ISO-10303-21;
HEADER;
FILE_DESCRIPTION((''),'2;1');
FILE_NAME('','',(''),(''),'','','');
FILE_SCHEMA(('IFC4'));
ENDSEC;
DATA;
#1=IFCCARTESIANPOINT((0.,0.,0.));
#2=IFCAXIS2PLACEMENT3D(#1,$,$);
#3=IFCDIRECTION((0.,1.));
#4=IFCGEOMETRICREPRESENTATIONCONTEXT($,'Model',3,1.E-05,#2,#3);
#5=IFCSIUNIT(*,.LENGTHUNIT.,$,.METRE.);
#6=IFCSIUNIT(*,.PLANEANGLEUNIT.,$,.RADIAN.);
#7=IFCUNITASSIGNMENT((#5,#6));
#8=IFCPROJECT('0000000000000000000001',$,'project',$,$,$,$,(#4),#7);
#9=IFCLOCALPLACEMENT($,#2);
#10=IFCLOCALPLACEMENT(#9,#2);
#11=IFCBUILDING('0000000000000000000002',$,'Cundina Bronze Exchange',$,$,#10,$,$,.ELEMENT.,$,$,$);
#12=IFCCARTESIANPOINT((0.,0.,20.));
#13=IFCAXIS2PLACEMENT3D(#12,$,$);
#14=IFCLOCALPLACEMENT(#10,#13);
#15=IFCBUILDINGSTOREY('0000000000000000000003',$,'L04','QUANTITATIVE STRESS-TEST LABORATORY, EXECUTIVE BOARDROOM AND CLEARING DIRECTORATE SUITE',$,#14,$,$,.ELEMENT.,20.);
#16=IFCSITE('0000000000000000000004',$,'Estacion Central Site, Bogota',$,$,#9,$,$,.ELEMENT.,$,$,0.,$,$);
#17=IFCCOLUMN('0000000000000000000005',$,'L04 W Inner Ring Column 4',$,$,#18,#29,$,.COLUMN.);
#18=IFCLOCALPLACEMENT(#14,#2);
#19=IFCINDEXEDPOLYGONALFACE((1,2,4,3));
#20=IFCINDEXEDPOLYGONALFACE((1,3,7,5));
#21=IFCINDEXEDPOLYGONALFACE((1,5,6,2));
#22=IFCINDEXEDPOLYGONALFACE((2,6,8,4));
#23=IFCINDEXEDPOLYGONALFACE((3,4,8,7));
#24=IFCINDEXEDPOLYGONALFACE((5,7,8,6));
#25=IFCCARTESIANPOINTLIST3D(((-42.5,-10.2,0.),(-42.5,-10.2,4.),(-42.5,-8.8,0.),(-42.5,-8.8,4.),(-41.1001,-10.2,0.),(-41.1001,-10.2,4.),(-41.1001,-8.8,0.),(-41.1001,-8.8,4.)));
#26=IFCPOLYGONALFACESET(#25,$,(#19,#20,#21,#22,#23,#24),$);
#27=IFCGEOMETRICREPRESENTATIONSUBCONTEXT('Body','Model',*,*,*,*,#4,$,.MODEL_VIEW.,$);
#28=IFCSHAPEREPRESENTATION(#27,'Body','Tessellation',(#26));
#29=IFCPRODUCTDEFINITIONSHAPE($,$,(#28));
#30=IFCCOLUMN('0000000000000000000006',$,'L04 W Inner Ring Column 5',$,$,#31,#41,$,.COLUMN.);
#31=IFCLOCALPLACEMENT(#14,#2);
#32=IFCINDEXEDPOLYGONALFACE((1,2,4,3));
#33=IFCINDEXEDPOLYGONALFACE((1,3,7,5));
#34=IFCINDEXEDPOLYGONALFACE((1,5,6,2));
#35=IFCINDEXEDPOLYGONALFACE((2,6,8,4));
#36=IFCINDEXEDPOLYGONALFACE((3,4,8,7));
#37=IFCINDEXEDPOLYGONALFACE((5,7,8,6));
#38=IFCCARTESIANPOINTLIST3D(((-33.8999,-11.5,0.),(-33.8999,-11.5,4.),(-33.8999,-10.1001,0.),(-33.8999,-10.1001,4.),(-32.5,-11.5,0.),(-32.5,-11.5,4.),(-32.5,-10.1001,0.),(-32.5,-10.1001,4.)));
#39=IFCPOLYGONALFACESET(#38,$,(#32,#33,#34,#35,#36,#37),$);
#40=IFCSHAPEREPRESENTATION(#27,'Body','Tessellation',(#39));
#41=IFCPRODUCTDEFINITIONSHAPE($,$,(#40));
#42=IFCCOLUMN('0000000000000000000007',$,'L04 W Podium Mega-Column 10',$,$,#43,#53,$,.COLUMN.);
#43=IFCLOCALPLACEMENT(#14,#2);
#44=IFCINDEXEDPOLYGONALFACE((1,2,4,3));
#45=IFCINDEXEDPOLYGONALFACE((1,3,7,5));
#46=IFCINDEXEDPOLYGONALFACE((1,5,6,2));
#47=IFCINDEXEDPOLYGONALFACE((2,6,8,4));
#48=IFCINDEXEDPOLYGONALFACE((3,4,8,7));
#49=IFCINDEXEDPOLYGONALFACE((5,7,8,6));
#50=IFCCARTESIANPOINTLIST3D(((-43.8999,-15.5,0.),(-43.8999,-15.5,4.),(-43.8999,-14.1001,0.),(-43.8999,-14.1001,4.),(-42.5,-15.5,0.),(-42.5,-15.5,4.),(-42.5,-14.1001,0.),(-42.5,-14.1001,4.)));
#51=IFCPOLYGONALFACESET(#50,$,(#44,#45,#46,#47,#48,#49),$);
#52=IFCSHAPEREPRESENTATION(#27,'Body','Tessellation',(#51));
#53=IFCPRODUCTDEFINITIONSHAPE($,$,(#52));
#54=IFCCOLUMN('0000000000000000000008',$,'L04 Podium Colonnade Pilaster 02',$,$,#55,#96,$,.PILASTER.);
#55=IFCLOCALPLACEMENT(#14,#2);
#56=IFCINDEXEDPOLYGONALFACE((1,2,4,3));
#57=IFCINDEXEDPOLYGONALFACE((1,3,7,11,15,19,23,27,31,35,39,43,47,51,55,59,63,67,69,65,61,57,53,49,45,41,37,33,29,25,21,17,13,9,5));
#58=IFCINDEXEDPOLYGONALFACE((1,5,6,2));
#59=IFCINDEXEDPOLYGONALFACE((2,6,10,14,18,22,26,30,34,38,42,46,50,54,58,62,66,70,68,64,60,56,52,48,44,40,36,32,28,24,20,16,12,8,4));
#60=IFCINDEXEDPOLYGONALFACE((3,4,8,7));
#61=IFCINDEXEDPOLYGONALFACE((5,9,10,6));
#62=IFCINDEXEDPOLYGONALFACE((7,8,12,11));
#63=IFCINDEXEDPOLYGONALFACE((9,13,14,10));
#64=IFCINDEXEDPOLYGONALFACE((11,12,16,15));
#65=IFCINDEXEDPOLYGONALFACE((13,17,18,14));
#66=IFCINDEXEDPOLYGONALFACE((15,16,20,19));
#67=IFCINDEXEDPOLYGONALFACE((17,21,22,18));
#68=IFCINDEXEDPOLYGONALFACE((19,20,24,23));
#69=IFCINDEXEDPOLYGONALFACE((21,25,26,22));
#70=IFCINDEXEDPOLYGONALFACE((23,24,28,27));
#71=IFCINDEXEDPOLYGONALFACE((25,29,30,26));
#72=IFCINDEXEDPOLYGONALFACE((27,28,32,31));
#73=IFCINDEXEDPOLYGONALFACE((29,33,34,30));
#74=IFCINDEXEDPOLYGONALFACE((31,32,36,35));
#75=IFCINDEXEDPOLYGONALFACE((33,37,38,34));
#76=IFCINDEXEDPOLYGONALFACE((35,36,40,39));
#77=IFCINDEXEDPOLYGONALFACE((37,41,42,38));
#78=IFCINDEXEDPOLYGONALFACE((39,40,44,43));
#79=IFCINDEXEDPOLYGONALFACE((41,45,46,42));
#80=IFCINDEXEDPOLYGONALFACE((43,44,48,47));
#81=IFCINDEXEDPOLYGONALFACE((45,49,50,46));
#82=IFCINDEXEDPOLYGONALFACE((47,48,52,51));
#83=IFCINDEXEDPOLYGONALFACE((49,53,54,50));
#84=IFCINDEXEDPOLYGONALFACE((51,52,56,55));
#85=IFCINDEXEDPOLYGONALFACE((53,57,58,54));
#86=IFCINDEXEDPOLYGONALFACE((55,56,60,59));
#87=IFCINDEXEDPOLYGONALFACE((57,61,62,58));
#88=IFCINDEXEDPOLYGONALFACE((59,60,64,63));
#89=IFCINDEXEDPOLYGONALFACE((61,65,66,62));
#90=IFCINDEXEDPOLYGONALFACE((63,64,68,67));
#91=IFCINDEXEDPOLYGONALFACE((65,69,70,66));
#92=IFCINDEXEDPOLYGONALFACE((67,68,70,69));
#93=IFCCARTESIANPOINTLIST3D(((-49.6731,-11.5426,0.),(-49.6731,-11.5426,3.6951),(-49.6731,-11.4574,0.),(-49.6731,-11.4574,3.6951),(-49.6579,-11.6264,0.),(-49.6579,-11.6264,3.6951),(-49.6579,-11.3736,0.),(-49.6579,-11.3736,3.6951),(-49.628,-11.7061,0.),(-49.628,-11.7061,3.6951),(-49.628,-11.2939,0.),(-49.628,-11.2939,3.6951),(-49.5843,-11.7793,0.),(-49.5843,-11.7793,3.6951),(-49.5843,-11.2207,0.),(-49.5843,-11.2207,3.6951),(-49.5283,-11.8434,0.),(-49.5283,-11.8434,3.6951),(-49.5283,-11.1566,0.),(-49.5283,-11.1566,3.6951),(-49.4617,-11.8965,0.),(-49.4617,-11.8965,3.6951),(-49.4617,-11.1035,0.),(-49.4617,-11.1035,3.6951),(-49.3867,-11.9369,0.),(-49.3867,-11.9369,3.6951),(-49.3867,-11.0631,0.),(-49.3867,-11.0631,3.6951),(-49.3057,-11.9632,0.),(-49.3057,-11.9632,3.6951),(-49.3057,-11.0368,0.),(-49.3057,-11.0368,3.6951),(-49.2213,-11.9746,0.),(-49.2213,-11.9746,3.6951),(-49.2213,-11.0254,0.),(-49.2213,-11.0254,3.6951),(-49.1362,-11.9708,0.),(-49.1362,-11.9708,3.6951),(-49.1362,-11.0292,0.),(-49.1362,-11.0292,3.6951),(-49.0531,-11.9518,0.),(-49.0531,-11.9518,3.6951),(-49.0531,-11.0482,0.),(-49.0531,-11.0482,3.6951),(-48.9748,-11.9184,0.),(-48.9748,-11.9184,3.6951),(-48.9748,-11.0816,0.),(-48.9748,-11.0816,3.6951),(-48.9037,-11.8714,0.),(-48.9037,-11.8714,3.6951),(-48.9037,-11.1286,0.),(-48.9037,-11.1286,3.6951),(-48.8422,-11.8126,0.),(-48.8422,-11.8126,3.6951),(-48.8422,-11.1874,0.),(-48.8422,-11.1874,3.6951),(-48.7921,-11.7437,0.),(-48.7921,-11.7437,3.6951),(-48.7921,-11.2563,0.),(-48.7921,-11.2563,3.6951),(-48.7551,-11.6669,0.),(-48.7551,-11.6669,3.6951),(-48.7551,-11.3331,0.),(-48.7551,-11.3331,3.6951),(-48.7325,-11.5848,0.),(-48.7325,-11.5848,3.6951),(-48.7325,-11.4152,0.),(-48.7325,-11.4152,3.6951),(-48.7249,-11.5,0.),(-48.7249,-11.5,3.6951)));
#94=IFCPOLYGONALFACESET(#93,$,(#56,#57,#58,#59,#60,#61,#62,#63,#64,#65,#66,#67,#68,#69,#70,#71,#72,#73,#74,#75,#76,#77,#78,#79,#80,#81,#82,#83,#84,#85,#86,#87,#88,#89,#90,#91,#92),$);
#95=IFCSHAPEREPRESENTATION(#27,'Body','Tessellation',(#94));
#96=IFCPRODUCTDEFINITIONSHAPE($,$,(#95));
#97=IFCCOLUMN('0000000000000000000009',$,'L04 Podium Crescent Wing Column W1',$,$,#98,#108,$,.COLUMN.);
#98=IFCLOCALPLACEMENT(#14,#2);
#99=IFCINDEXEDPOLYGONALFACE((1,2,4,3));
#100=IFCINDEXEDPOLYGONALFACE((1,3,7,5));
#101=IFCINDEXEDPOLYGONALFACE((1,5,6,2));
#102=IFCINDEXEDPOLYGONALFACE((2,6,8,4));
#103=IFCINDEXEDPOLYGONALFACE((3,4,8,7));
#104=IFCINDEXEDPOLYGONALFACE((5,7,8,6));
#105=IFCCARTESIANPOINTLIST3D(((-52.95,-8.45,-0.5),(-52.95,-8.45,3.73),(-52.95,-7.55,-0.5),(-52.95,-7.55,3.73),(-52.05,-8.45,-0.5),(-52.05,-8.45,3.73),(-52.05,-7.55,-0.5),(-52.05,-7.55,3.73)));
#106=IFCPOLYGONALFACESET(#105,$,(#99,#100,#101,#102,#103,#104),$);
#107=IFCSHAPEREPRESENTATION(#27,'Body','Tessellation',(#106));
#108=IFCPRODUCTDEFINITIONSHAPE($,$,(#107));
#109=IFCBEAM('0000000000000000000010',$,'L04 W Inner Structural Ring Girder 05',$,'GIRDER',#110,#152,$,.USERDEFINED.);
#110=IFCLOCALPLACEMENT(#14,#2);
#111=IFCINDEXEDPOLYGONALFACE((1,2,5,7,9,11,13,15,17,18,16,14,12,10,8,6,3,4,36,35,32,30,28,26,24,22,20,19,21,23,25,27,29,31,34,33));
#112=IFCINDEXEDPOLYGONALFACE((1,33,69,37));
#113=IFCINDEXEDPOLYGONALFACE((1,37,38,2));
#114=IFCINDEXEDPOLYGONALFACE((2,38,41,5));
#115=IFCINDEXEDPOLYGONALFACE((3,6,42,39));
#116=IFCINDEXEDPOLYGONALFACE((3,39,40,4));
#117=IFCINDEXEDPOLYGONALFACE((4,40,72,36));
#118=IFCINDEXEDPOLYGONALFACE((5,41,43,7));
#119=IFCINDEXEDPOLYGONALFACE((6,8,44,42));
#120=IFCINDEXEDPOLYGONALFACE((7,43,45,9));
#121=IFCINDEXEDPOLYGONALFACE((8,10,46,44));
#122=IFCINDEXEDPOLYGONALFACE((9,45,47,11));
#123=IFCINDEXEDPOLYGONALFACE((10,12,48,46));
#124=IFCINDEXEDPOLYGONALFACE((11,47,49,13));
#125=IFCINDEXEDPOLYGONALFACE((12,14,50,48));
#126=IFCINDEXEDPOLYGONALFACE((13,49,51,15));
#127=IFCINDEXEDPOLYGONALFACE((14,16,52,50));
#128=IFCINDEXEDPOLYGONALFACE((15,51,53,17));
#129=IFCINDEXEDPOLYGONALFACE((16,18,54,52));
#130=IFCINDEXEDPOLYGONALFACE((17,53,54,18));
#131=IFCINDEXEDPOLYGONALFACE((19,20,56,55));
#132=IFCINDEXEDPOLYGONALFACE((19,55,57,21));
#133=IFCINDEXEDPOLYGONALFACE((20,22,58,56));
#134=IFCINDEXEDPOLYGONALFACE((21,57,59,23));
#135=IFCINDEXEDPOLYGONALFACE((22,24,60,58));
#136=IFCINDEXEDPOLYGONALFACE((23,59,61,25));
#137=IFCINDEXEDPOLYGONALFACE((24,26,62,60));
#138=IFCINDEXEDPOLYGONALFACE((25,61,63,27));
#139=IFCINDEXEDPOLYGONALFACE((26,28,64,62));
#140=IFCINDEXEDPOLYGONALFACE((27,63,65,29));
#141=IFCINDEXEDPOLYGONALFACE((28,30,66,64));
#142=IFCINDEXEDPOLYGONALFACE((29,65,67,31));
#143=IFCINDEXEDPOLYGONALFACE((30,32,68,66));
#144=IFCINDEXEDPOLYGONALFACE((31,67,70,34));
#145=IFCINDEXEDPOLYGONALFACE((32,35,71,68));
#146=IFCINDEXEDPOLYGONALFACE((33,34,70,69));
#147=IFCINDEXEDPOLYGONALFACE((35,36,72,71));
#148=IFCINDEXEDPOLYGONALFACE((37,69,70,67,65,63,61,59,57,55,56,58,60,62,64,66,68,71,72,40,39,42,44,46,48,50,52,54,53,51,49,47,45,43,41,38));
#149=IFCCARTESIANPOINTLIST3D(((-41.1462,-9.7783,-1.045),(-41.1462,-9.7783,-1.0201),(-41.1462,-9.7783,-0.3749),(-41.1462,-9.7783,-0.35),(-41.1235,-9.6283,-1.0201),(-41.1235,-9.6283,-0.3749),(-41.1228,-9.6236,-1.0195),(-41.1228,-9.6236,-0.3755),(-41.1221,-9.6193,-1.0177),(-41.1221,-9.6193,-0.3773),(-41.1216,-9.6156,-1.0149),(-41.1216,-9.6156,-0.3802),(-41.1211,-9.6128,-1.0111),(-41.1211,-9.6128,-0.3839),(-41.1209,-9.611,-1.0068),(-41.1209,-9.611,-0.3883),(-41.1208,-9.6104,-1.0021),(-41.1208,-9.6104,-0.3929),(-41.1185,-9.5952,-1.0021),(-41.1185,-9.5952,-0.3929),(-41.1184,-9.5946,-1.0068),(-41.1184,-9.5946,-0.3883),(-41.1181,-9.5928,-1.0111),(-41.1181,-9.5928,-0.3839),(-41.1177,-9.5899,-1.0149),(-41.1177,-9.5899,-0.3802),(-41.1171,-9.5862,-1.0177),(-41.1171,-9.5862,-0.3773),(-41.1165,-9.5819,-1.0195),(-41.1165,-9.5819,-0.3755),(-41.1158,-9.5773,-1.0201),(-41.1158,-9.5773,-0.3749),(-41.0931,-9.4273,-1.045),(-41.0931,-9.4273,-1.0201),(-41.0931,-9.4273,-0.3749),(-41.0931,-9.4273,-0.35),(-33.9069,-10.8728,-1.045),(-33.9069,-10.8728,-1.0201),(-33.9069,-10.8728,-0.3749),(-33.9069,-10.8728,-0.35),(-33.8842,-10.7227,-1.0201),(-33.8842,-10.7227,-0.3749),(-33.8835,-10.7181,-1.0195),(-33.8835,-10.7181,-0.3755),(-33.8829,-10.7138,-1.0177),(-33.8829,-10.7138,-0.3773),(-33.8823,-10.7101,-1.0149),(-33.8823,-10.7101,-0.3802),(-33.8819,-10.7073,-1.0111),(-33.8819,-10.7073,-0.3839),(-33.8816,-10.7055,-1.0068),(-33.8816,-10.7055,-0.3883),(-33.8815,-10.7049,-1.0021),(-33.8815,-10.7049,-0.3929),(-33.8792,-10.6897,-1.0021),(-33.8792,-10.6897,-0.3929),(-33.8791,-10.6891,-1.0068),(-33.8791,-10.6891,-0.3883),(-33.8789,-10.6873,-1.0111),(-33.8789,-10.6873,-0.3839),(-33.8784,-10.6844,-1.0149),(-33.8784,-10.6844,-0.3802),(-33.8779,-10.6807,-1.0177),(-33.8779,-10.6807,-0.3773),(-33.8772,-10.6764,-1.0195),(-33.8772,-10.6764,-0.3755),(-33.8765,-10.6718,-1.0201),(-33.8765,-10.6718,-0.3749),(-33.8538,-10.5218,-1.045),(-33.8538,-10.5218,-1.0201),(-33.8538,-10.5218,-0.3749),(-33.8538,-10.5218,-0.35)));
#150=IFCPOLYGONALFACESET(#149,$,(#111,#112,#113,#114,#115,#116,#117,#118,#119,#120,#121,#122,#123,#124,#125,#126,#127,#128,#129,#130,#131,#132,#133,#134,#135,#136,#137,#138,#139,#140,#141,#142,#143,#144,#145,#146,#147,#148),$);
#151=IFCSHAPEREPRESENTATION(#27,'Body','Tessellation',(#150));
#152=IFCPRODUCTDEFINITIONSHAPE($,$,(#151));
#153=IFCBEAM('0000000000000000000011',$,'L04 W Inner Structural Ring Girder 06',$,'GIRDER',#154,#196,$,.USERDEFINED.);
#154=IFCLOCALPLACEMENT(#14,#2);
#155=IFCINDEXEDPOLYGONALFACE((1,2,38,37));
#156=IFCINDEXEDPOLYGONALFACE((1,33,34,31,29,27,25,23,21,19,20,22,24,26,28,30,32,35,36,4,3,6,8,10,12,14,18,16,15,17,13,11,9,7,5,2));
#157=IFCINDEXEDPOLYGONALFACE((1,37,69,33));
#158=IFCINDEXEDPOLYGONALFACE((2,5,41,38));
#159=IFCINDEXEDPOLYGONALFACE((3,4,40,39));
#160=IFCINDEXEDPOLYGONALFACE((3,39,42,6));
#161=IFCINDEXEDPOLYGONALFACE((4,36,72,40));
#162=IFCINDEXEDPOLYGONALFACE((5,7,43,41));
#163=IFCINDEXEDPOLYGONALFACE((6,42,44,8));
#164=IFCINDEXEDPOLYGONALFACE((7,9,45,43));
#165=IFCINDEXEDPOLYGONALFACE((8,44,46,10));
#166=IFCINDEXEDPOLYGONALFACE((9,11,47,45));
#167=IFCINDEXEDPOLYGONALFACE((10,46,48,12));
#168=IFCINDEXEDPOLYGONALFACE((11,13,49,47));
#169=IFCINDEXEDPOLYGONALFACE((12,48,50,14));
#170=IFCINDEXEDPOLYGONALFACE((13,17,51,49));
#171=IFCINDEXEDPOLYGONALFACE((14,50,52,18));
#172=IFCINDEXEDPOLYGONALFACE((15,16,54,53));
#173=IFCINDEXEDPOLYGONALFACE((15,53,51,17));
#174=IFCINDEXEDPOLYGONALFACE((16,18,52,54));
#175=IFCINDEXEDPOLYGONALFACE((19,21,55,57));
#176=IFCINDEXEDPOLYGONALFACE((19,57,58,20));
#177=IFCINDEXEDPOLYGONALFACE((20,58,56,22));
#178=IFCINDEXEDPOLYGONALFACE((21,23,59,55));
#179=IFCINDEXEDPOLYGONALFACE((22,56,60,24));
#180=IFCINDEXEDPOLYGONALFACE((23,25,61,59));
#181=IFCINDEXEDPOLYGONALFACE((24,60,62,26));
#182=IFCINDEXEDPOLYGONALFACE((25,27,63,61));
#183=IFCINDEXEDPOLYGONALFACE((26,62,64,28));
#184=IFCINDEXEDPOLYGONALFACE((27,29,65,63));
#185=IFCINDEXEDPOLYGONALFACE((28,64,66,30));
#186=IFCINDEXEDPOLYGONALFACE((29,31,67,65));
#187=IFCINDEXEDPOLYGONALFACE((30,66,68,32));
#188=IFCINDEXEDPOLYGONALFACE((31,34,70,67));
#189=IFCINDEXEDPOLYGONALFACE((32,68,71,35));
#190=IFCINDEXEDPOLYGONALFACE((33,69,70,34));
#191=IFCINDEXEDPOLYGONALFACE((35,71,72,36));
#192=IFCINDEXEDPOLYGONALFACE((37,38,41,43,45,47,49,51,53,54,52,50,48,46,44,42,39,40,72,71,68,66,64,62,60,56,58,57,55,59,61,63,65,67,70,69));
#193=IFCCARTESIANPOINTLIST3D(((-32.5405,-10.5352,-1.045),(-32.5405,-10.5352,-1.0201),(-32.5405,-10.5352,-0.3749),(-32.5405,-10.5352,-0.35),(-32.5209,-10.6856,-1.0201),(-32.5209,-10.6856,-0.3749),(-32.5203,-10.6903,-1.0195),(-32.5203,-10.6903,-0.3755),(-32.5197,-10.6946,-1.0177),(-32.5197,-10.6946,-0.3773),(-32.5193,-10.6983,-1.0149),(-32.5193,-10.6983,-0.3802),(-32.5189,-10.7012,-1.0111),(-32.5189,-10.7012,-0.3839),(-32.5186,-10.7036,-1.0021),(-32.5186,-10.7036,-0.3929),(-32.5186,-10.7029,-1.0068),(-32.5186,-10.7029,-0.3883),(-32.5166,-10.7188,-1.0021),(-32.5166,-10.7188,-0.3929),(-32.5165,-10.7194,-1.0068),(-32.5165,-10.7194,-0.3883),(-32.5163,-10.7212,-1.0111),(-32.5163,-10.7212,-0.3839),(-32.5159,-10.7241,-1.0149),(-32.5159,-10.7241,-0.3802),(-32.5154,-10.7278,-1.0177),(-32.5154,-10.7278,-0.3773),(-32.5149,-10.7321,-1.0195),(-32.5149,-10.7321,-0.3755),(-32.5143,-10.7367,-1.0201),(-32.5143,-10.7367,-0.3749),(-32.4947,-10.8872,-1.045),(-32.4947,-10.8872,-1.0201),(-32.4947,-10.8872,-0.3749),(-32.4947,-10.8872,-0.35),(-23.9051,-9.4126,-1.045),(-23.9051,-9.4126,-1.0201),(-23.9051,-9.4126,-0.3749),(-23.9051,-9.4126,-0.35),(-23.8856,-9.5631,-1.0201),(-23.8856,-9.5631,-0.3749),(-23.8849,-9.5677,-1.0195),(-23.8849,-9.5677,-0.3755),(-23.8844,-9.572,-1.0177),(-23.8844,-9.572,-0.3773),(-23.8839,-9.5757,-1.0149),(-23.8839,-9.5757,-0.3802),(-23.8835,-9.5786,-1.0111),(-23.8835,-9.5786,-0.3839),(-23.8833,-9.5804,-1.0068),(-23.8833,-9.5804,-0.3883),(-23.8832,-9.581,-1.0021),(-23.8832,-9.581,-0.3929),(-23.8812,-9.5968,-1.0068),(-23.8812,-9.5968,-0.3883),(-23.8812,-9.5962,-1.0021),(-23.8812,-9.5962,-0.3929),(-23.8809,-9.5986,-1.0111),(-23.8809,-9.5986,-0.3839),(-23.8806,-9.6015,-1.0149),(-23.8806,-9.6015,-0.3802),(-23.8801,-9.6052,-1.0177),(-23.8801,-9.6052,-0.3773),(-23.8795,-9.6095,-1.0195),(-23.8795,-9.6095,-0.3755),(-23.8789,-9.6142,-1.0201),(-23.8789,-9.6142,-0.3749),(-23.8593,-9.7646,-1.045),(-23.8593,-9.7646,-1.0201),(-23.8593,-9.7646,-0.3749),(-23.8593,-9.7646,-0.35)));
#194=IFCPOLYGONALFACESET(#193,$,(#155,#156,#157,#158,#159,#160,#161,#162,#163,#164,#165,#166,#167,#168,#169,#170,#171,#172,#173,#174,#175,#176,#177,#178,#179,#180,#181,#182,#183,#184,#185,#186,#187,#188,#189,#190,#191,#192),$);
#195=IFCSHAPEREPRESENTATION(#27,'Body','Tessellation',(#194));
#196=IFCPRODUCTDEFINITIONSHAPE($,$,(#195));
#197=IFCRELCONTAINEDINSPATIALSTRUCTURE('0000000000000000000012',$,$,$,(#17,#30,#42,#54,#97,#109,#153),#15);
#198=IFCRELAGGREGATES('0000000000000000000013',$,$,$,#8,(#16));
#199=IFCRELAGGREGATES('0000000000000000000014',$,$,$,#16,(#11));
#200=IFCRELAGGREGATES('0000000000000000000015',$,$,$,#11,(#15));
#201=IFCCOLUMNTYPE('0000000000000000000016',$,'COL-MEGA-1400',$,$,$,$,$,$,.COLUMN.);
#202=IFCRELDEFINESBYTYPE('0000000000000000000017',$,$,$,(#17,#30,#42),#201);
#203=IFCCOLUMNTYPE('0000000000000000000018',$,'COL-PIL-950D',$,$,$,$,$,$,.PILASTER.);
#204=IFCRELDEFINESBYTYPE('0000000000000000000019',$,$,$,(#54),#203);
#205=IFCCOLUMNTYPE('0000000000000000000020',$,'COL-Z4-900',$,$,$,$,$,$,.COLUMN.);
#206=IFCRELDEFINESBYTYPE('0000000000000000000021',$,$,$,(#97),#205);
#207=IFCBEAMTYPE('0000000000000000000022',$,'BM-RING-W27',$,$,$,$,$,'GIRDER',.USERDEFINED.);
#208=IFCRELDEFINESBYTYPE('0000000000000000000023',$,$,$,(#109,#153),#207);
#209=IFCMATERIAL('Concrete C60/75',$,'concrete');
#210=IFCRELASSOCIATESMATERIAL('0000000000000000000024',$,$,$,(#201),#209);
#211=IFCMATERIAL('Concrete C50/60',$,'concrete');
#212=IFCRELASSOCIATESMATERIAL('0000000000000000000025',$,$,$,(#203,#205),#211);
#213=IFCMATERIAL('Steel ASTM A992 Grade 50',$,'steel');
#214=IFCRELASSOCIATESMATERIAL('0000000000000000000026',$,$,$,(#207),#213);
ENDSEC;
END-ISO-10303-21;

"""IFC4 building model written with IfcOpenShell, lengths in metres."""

from ifc_helpers import new_model, si_unit, direction, frame, origin, origin_2d, place, context, subcontext, project, spatial, rectangle, circle, i_section, extrude, material, material_profile, profile_set, type_object, element, save


model = new_model("IFC4")

# Units and contexts
model_context = context("Model", 3, precision=1e-05, world=origin(), true_north=direction((0.0, 1.0)))
body_context = subcontext(model_context, "Body", "Model", "MODEL_VIEW")
ifc_project = project(units=[si_unit("LENGTHUNIT", "METRE"), si_unit("PLANEANGLEUNIT", "RADIAN")], contexts=[model_context])

# Site, building, storey
site_placement = place(None, origin())
site = spatial("IfcSite", under=ifc_project, at=site_placement, Name="Estacion Central Site, Bogota", CompositionType="ELEMENT", RefElevation=0.0)
building_placement = place(site_placement, origin())
building = spatial("IfcBuilding", under=site, at=building_placement, Name="Cundina Bronze Exchange", CompositionType="ELEMENT")
storey_placement = place(building_placement, frame((0.0, 0.0, 20.0)))
storey = spatial("IfcBuildingStorey", under=building, at=storey_placement, Name="L04", Description="QUANTITATIVE STRESS-TEST LABORATORY, EXECUTIVE BOARDROOM AND CLEARING DIRECTORATE SUITE", CompositionType="ELEMENT", Elevation=20.0)

# Columns
ifc_material_1 = material(Name="Concrete C60/75", Category="concrete")
ifc_material_profile_1 = material_profile(ifc_material_1, rectangle(XDim=1.3999, YDim=1.3999, at=origin_2d()), Name="RC1400X1400", Category="concrete")
ifc_profile_set_1 = profile_set([ifc_material_profile_1], Name="Concrete C60/75")
column_type_1 = type_object("IfcColumnType", Name="COL-MEGA-1400", PredefinedType="COLUMN", material=ifc_profile_set_1)
for number, where, z_axis, x_axis, name in (
    (1, (-41.8, -9.5, 0.0), (0.0, 0.0, 1.0), (1.0, 0.0, 0.0), "L04 W Inner Ring Column 4"),
    (2, (-33.2, -10.8, 0.0), (0.0, 0.0, 1.0), (1.0, 0.0, 0.0), "L04 W Inner Ring Column 5"),
    (3, (-43.2, -14.8, 0.0), (0.0, 0.0, 1.0), (1.0, 0.0, 0.0), "L04 W Podium Mega-Column 10"),
):
    element("IfcColumn", number, at=place(storey_placement, frame(where, z_axis=z_axis, x_axis=x_axis)), inside=storey, type_object=column_type_1, Name=name, PredefinedType="COLUMN", context=body_context, shape_type="SweptSolid", body=[
        extrude(rectangle(XDim=1.3999, YDim=1.3999, at=origin_2d()), origin(), (0.0, 0.0, 1.0), 4.0),
    ])
ifc_material_2 = material(Name="Concrete C50/60", Category="concrete")
ifc_material_profile_2 = material_profile(ifc_material_2, circle(Radius=0.4751, at=origin_2d()), Name="RC950D", Category="concrete")
ifc_profile_set_2 = profile_set([ifc_material_profile_2], Name="Concrete C50/60")
column_type_2 = type_object("IfcColumnType", Name="COL-PIL-950D", PredefinedType="PILASTER", material=ifc_profile_set_2)
column_1_placement = place(storey_placement, frame((-49.2, -11.5, 0.0), z_axis=(0.0, 0.0, 1.0), x_axis=(1.0, 0.0, 0.0)))
element("IfcColumn", 4, at=column_1_placement, inside=storey, type_object=column_type_2, Name="L04 Podium Colonnade Pilaster 02", PredefinedType="PILASTER", context=body_context, shape_type="SweptSolid", body=[
    extrude(circle(Radius=0.4751, at=origin_2d()), origin(), (0.0, 0.0, 1.0), 3.6951),
])
ifc_material_profile_3 = material_profile(ifc_material_2, rectangle(XDim=0.8999, YDim=0.8999, at=origin_2d()), Name="RC900X900", Category="concrete")
ifc_profile_set_3 = profile_set([ifc_material_profile_3], Name="Concrete C50/60")
column_type_3 = type_object("IfcColumnType", Name="COL-Z4-900", PredefinedType="COLUMN", material=ifc_profile_set_3)
column_2_placement = place(storey_placement, frame((-52.5, -8.0, -0.5), z_axis=(0.0, 0.0, 1.0), x_axis=(1.0, 0.0, 0.0)))
element("IfcColumn", 5, at=column_2_placement, inside=storey, type_object=column_type_3, Name="L04 Podium Crescent Wing Column W1", PredefinedType="COLUMN", context=body_context, shape_type="SweptSolid", body=[
    extrude(rectangle(XDim=0.8999, YDim=0.8999, at=origin_2d()), origin(), (0.0, 0.0, 1.0), 4.23),
])

# Beams
ifc_material_3 = material(Name="Steel ASTM A992 Grade 50", Category="steel")
ifc_material_profile_4 = material_profile(ifc_material_3, i_section(OverallWidth=0.355, OverallDepth=0.6951, WebThickness=0.0154, FlangeThickness=0.0249, FilletRadius=0.0181, at=origin_2d()), Name="W27X146", Category="steel")
ifc_profile_set_4 = profile_set([ifc_material_profile_4], Name="Steel ASTM A992 Grade 50")
beam_type_1 = type_object("IfcBeamType", Name="BM-RING-W27", ElementType="GIRDER", PredefinedType="USERDEFINED", material=ifc_profile_set_4)
beam_1_placement = place(storey_placement, frame((-41.1196, -9.6028, -0.6975), z_axis=(0.988763, -0.149488, 0.0), x_axis=(0.149488, 0.988763, 0.0)))
element("IfcBeam", 6, at=beam_1_placement, inside=storey, type_object=beam_type_1, Name="L04 W Inner Structural Ring Girder 05", ObjectType="GIRDER", PredefinedType="USERDEFINED", context=body_context, shape_type="SweptSolid", body=[
    extrude(i_section(OverallWidth=0.355, OverallDepth=0.6951, WebThickness=0.0154, FlangeThickness=0.0249, FilletRadius=0.0181, at=origin_2d()), origin(), (0.0, 0.0, 1.0), 7.3215),
])
beam_2_placement = place(storey_placement, frame((-32.5176, -10.7112, -0.6975), z_axis=(0.991656, 0.128912, 0.0), x_axis=(-0.128912, 0.991656, 0.0)))
element("IfcBeam", 7, at=beam_2_placement, inside=storey, type_object=beam_type_1, Name="L04 W Inner Structural Ring Girder 06", ObjectType="GIRDER", PredefinedType="USERDEFINED", context=body_context, shape_type="SweptSolid", body=[
    extrude(i_section(OverallWidth=0.355, OverallDepth=0.6951, WebThickness=0.0154, FlangeThickness=0.0249, FilletRadius=0.0181, at=origin_2d()), origin(), (0.0, 0.0, 1.0), 8.708),
])

save(model, "model.ifc")
